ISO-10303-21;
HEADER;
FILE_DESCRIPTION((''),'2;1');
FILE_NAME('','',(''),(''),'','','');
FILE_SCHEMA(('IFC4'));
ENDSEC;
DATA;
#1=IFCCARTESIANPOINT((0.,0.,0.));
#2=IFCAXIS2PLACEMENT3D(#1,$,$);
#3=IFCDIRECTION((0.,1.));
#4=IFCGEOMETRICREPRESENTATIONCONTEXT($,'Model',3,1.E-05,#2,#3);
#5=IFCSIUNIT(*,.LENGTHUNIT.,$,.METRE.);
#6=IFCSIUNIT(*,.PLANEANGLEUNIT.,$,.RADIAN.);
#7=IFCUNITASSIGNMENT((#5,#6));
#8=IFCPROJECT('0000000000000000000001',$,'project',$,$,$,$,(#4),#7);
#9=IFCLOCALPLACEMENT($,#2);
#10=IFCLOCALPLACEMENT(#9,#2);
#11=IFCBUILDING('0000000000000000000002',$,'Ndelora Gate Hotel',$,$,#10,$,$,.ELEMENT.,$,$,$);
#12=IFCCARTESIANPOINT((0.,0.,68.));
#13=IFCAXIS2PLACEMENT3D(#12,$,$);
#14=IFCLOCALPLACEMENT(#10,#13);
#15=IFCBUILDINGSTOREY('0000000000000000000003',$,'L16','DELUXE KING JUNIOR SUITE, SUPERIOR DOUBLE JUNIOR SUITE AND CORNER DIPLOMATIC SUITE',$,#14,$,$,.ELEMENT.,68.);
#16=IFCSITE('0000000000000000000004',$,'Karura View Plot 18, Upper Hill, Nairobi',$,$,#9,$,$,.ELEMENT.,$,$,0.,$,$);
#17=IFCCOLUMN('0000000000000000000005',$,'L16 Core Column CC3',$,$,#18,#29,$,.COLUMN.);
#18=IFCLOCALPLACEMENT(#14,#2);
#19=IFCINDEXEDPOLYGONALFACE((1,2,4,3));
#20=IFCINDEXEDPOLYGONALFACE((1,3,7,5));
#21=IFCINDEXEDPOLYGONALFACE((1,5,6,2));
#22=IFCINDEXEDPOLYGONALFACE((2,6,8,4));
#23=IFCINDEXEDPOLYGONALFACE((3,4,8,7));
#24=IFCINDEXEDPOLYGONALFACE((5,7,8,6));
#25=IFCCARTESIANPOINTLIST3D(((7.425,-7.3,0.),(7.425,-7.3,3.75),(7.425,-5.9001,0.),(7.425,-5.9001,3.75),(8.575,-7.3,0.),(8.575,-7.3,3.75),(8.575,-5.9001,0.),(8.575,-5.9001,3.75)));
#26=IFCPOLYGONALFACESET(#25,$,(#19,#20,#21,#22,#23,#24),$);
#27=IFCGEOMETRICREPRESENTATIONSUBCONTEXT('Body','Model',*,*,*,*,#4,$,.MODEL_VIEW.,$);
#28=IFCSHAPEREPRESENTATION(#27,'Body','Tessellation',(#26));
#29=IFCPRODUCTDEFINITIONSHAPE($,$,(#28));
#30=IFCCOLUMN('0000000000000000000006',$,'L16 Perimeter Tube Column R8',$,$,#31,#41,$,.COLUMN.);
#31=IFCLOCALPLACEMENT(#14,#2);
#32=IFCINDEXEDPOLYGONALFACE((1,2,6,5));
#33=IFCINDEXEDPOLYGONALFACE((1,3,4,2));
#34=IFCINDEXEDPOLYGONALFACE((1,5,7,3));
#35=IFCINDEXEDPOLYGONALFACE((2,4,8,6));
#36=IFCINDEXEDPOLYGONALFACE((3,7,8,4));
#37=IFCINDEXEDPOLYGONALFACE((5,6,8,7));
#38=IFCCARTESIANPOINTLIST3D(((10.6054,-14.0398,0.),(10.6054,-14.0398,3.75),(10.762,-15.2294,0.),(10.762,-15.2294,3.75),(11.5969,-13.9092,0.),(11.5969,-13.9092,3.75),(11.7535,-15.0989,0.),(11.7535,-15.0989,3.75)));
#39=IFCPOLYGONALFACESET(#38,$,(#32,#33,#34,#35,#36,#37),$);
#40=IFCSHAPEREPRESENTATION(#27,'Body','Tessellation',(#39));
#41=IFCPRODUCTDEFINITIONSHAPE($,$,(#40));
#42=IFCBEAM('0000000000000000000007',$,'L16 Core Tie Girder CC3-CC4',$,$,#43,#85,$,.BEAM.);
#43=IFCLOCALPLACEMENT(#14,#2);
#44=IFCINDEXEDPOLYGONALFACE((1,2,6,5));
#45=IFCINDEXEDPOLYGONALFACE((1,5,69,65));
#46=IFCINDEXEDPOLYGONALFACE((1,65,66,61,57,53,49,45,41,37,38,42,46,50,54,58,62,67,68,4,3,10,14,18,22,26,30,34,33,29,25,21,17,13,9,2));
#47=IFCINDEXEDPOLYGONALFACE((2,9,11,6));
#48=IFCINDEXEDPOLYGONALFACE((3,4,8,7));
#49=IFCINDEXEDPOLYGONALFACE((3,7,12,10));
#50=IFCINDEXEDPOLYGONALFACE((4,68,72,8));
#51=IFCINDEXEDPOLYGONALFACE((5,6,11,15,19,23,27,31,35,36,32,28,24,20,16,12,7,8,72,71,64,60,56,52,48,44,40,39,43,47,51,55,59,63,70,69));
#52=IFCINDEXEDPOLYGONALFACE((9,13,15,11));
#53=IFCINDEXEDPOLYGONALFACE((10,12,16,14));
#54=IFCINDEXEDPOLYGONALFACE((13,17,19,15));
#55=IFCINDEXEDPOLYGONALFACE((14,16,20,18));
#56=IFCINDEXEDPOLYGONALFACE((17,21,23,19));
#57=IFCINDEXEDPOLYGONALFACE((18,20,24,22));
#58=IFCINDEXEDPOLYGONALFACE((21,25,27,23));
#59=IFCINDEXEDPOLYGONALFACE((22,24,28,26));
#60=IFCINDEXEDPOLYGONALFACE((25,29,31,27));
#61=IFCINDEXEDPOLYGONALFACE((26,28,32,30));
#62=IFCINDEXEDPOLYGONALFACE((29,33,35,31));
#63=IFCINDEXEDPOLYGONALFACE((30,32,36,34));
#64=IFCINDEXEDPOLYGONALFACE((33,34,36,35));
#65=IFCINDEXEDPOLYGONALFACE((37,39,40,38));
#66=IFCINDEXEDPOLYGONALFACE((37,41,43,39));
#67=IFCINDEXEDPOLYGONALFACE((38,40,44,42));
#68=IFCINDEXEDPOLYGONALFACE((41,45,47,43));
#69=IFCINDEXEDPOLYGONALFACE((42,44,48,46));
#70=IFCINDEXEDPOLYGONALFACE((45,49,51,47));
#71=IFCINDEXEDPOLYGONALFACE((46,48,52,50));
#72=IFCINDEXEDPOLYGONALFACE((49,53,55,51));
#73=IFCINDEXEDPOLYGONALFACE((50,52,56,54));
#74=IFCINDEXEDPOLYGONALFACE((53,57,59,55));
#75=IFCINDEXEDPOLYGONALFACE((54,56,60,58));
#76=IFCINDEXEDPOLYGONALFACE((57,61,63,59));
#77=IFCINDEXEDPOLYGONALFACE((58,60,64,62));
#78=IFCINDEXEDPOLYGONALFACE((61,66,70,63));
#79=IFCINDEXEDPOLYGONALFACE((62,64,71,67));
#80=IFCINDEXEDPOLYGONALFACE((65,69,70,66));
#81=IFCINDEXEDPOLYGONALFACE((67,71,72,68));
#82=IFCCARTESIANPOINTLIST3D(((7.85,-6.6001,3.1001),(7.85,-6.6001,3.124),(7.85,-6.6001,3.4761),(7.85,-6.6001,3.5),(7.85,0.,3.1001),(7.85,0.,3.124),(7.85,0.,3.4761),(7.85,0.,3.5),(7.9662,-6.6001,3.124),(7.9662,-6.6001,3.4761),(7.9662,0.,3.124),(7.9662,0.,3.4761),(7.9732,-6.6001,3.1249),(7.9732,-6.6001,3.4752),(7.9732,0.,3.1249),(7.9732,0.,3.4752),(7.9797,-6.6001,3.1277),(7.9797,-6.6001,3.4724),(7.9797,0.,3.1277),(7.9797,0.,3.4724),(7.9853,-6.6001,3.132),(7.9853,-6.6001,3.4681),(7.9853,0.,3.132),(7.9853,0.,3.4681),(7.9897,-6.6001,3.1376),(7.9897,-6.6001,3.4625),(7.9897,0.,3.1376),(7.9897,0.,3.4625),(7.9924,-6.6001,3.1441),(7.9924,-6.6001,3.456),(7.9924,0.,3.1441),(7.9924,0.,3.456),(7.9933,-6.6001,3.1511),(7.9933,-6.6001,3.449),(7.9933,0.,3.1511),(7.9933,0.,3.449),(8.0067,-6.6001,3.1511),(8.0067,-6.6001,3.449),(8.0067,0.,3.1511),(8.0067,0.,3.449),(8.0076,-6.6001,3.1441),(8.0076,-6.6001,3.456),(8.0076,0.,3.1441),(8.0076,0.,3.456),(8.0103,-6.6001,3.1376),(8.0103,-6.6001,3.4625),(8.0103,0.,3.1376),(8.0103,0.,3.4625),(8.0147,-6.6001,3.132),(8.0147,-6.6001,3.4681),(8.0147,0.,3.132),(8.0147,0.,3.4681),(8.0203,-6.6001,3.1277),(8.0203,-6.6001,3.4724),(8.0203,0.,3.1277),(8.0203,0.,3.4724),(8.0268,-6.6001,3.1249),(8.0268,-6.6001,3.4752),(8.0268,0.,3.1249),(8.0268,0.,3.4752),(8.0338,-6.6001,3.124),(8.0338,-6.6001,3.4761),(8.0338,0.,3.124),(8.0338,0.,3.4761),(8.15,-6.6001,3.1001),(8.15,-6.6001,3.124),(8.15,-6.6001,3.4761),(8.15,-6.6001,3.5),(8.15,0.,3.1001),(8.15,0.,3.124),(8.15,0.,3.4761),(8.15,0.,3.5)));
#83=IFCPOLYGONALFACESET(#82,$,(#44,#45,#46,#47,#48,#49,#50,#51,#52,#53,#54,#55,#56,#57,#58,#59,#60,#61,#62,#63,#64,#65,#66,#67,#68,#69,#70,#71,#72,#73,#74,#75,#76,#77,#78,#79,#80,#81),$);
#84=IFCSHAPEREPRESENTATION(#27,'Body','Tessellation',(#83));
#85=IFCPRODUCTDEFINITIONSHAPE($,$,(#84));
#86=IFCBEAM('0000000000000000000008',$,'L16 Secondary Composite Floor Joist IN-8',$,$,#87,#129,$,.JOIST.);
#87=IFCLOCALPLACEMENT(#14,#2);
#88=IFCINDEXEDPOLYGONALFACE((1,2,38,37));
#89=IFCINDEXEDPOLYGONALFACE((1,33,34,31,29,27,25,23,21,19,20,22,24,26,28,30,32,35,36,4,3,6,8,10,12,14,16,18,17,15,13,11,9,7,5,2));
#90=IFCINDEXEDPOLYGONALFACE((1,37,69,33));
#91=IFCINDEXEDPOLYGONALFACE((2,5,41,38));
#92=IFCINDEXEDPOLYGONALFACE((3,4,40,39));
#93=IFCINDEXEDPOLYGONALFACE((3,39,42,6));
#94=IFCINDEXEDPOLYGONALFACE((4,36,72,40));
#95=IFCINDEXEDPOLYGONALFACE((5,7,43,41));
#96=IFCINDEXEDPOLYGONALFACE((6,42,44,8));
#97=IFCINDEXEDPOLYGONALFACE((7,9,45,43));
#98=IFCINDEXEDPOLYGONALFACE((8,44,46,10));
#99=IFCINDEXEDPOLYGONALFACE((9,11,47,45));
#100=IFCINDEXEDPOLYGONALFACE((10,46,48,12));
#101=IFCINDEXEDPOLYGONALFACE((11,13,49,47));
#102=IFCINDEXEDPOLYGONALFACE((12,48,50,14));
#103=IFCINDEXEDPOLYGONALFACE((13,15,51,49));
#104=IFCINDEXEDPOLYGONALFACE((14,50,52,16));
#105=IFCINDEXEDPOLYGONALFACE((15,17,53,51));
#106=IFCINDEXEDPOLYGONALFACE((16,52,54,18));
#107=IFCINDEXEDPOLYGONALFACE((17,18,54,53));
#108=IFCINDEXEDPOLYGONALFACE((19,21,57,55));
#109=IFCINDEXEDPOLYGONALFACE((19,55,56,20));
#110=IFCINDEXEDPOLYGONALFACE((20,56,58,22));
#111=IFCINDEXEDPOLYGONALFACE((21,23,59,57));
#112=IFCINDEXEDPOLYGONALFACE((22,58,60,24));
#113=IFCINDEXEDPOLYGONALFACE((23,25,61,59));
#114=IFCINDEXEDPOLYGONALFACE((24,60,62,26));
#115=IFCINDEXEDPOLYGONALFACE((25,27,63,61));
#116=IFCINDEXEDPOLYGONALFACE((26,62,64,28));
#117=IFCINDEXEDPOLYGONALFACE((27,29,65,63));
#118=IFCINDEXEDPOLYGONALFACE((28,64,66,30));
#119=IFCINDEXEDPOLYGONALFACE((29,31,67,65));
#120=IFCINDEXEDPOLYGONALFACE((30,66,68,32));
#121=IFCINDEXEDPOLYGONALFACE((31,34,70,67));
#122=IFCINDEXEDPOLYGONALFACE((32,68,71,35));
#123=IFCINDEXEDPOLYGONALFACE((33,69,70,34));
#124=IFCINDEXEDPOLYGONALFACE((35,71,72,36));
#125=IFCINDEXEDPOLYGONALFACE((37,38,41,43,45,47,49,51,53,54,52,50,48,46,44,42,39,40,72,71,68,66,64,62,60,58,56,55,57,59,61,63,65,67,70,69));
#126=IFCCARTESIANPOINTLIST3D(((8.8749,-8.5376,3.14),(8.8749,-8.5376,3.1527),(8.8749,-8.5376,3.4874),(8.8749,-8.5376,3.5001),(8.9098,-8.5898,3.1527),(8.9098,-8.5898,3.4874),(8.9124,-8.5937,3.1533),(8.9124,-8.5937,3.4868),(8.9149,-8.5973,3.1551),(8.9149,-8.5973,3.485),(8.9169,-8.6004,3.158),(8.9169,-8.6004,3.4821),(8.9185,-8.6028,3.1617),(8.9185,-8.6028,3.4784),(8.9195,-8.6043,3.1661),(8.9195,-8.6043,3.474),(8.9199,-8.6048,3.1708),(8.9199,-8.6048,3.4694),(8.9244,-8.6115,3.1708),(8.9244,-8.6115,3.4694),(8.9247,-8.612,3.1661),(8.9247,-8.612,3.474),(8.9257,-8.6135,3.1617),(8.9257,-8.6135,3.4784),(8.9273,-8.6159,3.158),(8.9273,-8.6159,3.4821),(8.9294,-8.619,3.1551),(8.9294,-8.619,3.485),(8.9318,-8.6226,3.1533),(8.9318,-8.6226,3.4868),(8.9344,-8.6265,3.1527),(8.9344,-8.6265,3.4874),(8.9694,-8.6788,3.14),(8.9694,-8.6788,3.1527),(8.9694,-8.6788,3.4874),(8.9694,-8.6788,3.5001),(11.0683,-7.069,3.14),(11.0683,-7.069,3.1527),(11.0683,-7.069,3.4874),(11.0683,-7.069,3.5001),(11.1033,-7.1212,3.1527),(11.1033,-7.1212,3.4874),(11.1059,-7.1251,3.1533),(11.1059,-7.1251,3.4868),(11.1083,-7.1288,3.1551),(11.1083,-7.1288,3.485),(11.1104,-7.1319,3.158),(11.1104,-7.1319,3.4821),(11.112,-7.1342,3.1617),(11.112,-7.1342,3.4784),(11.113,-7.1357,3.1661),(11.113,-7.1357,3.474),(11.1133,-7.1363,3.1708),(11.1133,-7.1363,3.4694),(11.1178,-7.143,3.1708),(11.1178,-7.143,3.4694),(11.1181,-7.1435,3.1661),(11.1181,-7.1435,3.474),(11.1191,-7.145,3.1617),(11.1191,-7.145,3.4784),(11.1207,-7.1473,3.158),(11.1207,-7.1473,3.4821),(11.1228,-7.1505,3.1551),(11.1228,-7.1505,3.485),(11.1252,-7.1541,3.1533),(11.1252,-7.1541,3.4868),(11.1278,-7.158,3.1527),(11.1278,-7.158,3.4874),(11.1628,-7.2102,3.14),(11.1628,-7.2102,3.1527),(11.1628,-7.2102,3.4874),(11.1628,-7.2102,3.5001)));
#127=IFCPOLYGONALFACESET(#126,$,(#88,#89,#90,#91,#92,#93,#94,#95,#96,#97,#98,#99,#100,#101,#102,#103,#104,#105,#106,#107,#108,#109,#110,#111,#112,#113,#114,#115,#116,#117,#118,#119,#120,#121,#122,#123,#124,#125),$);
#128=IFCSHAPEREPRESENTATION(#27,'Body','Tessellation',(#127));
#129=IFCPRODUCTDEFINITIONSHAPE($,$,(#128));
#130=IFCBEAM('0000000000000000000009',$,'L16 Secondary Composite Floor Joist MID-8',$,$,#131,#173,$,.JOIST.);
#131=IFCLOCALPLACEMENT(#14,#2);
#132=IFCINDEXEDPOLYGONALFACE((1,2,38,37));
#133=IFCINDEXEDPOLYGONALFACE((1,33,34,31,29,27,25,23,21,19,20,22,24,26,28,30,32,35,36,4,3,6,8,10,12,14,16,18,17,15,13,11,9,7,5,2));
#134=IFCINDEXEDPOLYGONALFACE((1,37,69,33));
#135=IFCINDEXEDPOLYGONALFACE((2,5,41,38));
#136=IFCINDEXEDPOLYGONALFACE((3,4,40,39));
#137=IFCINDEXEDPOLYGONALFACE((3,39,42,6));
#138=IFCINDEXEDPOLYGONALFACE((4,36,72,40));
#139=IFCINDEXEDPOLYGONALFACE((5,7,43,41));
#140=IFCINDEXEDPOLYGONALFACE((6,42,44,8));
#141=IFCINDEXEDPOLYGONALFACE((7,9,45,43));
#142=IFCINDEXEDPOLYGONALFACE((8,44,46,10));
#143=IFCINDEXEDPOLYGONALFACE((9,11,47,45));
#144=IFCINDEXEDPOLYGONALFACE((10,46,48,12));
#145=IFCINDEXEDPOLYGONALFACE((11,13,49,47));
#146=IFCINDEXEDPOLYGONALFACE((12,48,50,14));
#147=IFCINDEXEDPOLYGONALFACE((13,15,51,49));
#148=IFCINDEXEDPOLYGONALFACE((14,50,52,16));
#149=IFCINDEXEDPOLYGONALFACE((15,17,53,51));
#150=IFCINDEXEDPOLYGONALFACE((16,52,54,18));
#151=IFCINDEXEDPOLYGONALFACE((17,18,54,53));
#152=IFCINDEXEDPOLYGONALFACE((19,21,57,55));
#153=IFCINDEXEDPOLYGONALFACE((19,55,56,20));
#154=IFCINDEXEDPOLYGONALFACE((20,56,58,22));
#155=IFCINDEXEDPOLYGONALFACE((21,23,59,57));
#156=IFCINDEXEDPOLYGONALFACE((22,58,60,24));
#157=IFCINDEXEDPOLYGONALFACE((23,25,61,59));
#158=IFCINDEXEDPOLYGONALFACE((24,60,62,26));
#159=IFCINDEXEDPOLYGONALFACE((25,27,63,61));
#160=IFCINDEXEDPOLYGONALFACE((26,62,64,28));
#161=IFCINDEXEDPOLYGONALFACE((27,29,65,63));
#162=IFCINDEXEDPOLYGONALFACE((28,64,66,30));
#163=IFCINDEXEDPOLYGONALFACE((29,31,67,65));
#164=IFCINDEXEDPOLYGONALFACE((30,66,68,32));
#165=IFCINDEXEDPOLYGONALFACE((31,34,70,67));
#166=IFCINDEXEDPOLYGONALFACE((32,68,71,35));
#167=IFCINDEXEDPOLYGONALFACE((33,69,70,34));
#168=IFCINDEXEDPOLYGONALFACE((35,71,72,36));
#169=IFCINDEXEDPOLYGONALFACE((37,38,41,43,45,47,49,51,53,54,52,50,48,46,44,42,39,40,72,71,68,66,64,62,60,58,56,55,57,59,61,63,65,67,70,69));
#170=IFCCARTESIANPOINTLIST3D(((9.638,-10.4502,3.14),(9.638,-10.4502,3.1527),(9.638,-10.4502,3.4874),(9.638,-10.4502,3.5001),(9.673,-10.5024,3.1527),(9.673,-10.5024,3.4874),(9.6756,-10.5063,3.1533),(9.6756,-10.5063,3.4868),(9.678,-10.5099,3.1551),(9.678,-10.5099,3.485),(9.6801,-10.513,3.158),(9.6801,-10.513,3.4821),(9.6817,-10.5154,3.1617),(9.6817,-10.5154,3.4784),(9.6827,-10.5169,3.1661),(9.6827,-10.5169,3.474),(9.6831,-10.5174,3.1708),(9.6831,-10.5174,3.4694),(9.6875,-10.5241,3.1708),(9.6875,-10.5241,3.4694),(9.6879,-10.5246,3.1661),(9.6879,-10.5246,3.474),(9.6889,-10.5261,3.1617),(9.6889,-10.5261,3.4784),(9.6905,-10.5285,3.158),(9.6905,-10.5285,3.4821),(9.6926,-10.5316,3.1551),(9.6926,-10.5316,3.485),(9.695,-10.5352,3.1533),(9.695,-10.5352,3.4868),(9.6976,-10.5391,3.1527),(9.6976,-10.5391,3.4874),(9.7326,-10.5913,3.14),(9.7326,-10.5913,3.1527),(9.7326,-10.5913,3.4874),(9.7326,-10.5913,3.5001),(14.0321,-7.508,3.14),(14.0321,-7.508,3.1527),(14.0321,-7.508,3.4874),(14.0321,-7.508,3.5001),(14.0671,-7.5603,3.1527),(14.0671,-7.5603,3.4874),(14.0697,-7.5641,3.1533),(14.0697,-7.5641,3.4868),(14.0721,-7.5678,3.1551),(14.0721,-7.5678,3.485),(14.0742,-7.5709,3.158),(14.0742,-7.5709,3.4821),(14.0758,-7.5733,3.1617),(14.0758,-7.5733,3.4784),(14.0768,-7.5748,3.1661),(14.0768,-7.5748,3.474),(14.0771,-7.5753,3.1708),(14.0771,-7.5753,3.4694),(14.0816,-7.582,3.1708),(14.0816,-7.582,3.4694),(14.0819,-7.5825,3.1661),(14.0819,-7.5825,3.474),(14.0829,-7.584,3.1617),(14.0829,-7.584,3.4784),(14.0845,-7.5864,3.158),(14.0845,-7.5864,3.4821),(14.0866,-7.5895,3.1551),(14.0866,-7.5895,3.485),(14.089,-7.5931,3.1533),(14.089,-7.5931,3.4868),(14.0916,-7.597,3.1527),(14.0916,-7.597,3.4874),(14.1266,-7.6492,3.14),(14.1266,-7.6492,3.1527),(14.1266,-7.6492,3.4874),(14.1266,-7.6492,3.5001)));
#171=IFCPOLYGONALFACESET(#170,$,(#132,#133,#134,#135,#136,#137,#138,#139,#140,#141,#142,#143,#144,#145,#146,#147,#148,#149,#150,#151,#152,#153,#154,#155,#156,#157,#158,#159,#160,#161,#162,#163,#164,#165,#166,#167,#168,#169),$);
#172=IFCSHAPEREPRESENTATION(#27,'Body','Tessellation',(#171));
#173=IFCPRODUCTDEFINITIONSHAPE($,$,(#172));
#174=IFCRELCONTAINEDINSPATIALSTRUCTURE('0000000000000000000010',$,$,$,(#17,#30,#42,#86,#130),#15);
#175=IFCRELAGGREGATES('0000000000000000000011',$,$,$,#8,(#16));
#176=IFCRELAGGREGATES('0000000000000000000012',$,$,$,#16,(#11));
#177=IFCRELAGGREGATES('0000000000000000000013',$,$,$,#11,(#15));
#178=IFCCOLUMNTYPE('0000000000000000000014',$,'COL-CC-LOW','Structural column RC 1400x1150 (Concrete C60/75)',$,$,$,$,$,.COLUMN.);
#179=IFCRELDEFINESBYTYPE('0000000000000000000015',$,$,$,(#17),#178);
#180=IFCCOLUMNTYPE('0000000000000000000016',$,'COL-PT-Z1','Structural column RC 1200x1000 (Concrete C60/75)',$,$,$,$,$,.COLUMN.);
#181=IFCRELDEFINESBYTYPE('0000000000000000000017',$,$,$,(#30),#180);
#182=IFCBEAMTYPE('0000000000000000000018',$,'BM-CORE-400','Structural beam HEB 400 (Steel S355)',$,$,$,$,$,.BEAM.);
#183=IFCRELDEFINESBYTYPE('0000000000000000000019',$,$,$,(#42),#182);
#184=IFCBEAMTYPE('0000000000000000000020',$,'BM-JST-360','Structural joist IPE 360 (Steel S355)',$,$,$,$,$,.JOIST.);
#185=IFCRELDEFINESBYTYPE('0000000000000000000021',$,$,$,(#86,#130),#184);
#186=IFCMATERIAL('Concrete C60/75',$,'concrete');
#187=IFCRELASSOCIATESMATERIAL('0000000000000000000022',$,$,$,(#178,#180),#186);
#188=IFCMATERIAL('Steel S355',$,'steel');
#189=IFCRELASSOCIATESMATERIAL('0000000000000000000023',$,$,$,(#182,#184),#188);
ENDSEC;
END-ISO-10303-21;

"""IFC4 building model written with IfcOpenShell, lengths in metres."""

from ifc_helpers import new_model, si_unit, direction, frame, origin, origin_2d, place, context, subcontext, project, spatial, rectangle, i_section, extrude, material, material_profile, profile_set, type_object, element, save


model = new_model("IFC4")

# Units and contexts
model_context = context("Model", 3, precision=1e-05, world=origin(), true_north=direction((0.0, 1.0)))
body_context = subcontext(model_context, "Body", "Model", "MODEL_VIEW")
ifc_project = project(units=[si_unit("LENGTHUNIT", "METRE"), si_unit("PLANEANGLEUNIT", "RADIAN")], contexts=[model_context])

# Site, building, storey
site_placement = place(None, origin())
site = spatial("IfcSite", under=ifc_project, at=site_placement, Name="Karura View Plot 18, Upper Hill, Nairobi", CompositionType="ELEMENT", RefElevation=0.0)
building_placement = place(site_placement, origin())
building = spatial("IfcBuilding", under=site, at=building_placement, Name="Ndelora Gate Hotel", CompositionType="ELEMENT")
storey_placement = place(building_placement, frame((0.0, 0.0, 68.0)))
storey = spatial("IfcBuildingStorey", under=building, at=storey_placement, Name="L16", Description="DELUXE KING JUNIOR SUITE, SUPERIOR DOUBLE JUNIOR SUITE AND CORNER DIPLOMATIC SUITE", CompositionType="ELEMENT", Elevation=68.0)

# Columns
ifc_material_1 = material(Name="Concrete C60/75", Category="concrete")
ifc_material_profile_1 = material_profile(ifc_material_1, rectangle(XDim=1.1499, YDim=1.3999, at=origin_2d()), Name="RC 1400x1150")
ifc_profile_set_1 = profile_set([ifc_material_profile_1], Name="Concrete C60/75")
column_type_1 = type_object("IfcColumnType", Name="COL-CC-LOW", Description="Structural column RC 1400x1150 (Concrete C60/75)", PredefinedType="COLUMN", material=ifc_profile_set_1)
column_1_placement = place(storey_placement, frame((8.0, -6.6001, 0.0), z_axis=(0.0, 0.0, 1.0), x_axis=(1.0, 0.0, 0.0)))
element("IfcColumn", 1, at=column_1_placement, inside=storey, type_object=column_type_1, Name="L16 Core Column CC3", PredefinedType="COLUMN", context=body_context, shape_type="SweptSolid", body=[
    extrude(rectangle(XDim=1.1499, YDim=1.3999, at=origin_2d()), origin(), (0.0, 0.0, 1.0), 3.75),
])
ifc_material_profile_2 = material_profile(ifc_material_1, rectangle(XDim=1.0, YDim=1.2, at=origin_2d()), Name="RC 1200x1000")
ifc_profile_set_2 = profile_set([ifc_material_profile_2], Name="Concrete C60/75")
column_type_2 = type_object("IfcColumnType", Name="COL-PT-Z1", Description="Structural column RC 1200x1000 (Concrete C60/75)", PredefinedType="COLUMN", material=ifc_profile_set_2)
column_2_placement = place(storey_placement, frame((11.1794, -14.5693, 0.0), z_axis=(0.0, 0.0, 1.0), x_axis=(0.991445, 0.130526, 0.0)))
element("IfcColumn", 2, at=column_2_placement, inside=storey, type_object=column_type_2, Name="L16 Perimeter Tube Column R8", PredefinedType="COLUMN", context=body_context, shape_type="SweptSolid", body=[
    extrude(rectangle(XDim=1.0, YDim=1.2, at=origin_2d()), origin(), (0.0, 0.0, 1.0), 3.75),
])

# Beams
ifc_material_2 = material(Name="Steel S355", Category="steel")
ifc_material_profile_3 = material_profile(ifc_material_2, i_section(OverallWidth=0.3, OverallDepth=0.3999, WebThickness=0.0134, FlangeThickness=0.0239, FilletRadius=0.0271, at=origin_2d()), Name="HEB 400")
ifc_profile_set_3 = profile_set([ifc_material_profile_3], Name="Steel S355")
beam_type_1 = type_object("IfcBeamType", Name="BM-CORE-400", Description="Structural beam HEB 400 (Steel S355)", PredefinedType="BEAM", material=ifc_profile_set_3)
beam_1_placement = place(storey_placement, frame((8.0, -6.6001, 3.3), z_axis=(0.0, 1.0, 0.0), x_axis=(-1.0, 0.0, 0.0)))
element("IfcBeam", 3, at=beam_1_placement, inside=storey, type_object=beam_type_1, Name="L16 Core Tie Girder CC3-CC4", PredefinedType="BEAM", context=body_context, shape_type="SweptSolid", body=[
    extrude(i_section(OverallWidth=0.3, OverallDepth=0.3999, WebThickness=0.0134, FlangeThickness=0.0239, FilletRadius=0.0271, at=origin_2d()), origin(), (0.0, 0.0, 1.0), 6.6001),
])
ifc_material_profile_4 = material_profile(ifc_material_2, i_section(OverallWidth=0.1699, OverallDepth=0.3601, WebThickness=0.0081, FlangeThickness=0.0127, FilletRadius=0.0181, at=origin_2d()), Name="IPE 360")
ifc_profile_set_4 = profile_set([ifc_material_profile_4], Name="Steel S355")
beam_type_2 = type_object("IfcBeamType", Name="BM-JST-360", Description="Structural joist IPE 360 (Steel S355)", PredefinedType="JOIST", material=ifc_profile_set_4)
beam_2_placement = place(storey_placement, frame((8.9221, -8.6082, 3.3201), z_axis=(0.830953, 0.556343, 0.0), x_axis=(-0.556343, 0.830953, 0.0)))
element("IfcBeam", 4, at=beam_2_placement, inside=storey, type_object=beam_type_2, Name="L16 Secondary Composite Floor Joist IN-8", PredefinedType="JOIST", context=body_context, shape_type="SweptSolid", body=[
    extrude(i_section(OverallWidth=0.1699, OverallDepth=0.3601, WebThickness=0.0081, FlangeThickness=0.0127, FilletRadius=0.0181, at=origin_2d()), origin(), (0.0, 0.0, 1.0), 2.6396),
])
beam_3_placement = place(storey_placement, frame((9.6853, -10.5208, 3.3201), z_axis=(0.830933, 0.556372, 0.0), x_axis=(-0.556372, 0.830933, 0.0)))
element("IfcBeam", 5, at=beam_3_placement, inside=storey, type_object=beam_type_2, Name="L16 Secondary Composite Floor Joist MID-8", PredefinedType="JOIST", context=body_context, shape_type="SweptSolid", body=[
    extrude(i_section(OverallWidth=0.1699, OverallDepth=0.3601, WebThickness=0.0081, FlangeThickness=0.0127, FilletRadius=0.0181, at=origin_2d()), origin(), (0.0, 0.0, 1.0), 5.2881),
])

save(model, "model.ifc")
